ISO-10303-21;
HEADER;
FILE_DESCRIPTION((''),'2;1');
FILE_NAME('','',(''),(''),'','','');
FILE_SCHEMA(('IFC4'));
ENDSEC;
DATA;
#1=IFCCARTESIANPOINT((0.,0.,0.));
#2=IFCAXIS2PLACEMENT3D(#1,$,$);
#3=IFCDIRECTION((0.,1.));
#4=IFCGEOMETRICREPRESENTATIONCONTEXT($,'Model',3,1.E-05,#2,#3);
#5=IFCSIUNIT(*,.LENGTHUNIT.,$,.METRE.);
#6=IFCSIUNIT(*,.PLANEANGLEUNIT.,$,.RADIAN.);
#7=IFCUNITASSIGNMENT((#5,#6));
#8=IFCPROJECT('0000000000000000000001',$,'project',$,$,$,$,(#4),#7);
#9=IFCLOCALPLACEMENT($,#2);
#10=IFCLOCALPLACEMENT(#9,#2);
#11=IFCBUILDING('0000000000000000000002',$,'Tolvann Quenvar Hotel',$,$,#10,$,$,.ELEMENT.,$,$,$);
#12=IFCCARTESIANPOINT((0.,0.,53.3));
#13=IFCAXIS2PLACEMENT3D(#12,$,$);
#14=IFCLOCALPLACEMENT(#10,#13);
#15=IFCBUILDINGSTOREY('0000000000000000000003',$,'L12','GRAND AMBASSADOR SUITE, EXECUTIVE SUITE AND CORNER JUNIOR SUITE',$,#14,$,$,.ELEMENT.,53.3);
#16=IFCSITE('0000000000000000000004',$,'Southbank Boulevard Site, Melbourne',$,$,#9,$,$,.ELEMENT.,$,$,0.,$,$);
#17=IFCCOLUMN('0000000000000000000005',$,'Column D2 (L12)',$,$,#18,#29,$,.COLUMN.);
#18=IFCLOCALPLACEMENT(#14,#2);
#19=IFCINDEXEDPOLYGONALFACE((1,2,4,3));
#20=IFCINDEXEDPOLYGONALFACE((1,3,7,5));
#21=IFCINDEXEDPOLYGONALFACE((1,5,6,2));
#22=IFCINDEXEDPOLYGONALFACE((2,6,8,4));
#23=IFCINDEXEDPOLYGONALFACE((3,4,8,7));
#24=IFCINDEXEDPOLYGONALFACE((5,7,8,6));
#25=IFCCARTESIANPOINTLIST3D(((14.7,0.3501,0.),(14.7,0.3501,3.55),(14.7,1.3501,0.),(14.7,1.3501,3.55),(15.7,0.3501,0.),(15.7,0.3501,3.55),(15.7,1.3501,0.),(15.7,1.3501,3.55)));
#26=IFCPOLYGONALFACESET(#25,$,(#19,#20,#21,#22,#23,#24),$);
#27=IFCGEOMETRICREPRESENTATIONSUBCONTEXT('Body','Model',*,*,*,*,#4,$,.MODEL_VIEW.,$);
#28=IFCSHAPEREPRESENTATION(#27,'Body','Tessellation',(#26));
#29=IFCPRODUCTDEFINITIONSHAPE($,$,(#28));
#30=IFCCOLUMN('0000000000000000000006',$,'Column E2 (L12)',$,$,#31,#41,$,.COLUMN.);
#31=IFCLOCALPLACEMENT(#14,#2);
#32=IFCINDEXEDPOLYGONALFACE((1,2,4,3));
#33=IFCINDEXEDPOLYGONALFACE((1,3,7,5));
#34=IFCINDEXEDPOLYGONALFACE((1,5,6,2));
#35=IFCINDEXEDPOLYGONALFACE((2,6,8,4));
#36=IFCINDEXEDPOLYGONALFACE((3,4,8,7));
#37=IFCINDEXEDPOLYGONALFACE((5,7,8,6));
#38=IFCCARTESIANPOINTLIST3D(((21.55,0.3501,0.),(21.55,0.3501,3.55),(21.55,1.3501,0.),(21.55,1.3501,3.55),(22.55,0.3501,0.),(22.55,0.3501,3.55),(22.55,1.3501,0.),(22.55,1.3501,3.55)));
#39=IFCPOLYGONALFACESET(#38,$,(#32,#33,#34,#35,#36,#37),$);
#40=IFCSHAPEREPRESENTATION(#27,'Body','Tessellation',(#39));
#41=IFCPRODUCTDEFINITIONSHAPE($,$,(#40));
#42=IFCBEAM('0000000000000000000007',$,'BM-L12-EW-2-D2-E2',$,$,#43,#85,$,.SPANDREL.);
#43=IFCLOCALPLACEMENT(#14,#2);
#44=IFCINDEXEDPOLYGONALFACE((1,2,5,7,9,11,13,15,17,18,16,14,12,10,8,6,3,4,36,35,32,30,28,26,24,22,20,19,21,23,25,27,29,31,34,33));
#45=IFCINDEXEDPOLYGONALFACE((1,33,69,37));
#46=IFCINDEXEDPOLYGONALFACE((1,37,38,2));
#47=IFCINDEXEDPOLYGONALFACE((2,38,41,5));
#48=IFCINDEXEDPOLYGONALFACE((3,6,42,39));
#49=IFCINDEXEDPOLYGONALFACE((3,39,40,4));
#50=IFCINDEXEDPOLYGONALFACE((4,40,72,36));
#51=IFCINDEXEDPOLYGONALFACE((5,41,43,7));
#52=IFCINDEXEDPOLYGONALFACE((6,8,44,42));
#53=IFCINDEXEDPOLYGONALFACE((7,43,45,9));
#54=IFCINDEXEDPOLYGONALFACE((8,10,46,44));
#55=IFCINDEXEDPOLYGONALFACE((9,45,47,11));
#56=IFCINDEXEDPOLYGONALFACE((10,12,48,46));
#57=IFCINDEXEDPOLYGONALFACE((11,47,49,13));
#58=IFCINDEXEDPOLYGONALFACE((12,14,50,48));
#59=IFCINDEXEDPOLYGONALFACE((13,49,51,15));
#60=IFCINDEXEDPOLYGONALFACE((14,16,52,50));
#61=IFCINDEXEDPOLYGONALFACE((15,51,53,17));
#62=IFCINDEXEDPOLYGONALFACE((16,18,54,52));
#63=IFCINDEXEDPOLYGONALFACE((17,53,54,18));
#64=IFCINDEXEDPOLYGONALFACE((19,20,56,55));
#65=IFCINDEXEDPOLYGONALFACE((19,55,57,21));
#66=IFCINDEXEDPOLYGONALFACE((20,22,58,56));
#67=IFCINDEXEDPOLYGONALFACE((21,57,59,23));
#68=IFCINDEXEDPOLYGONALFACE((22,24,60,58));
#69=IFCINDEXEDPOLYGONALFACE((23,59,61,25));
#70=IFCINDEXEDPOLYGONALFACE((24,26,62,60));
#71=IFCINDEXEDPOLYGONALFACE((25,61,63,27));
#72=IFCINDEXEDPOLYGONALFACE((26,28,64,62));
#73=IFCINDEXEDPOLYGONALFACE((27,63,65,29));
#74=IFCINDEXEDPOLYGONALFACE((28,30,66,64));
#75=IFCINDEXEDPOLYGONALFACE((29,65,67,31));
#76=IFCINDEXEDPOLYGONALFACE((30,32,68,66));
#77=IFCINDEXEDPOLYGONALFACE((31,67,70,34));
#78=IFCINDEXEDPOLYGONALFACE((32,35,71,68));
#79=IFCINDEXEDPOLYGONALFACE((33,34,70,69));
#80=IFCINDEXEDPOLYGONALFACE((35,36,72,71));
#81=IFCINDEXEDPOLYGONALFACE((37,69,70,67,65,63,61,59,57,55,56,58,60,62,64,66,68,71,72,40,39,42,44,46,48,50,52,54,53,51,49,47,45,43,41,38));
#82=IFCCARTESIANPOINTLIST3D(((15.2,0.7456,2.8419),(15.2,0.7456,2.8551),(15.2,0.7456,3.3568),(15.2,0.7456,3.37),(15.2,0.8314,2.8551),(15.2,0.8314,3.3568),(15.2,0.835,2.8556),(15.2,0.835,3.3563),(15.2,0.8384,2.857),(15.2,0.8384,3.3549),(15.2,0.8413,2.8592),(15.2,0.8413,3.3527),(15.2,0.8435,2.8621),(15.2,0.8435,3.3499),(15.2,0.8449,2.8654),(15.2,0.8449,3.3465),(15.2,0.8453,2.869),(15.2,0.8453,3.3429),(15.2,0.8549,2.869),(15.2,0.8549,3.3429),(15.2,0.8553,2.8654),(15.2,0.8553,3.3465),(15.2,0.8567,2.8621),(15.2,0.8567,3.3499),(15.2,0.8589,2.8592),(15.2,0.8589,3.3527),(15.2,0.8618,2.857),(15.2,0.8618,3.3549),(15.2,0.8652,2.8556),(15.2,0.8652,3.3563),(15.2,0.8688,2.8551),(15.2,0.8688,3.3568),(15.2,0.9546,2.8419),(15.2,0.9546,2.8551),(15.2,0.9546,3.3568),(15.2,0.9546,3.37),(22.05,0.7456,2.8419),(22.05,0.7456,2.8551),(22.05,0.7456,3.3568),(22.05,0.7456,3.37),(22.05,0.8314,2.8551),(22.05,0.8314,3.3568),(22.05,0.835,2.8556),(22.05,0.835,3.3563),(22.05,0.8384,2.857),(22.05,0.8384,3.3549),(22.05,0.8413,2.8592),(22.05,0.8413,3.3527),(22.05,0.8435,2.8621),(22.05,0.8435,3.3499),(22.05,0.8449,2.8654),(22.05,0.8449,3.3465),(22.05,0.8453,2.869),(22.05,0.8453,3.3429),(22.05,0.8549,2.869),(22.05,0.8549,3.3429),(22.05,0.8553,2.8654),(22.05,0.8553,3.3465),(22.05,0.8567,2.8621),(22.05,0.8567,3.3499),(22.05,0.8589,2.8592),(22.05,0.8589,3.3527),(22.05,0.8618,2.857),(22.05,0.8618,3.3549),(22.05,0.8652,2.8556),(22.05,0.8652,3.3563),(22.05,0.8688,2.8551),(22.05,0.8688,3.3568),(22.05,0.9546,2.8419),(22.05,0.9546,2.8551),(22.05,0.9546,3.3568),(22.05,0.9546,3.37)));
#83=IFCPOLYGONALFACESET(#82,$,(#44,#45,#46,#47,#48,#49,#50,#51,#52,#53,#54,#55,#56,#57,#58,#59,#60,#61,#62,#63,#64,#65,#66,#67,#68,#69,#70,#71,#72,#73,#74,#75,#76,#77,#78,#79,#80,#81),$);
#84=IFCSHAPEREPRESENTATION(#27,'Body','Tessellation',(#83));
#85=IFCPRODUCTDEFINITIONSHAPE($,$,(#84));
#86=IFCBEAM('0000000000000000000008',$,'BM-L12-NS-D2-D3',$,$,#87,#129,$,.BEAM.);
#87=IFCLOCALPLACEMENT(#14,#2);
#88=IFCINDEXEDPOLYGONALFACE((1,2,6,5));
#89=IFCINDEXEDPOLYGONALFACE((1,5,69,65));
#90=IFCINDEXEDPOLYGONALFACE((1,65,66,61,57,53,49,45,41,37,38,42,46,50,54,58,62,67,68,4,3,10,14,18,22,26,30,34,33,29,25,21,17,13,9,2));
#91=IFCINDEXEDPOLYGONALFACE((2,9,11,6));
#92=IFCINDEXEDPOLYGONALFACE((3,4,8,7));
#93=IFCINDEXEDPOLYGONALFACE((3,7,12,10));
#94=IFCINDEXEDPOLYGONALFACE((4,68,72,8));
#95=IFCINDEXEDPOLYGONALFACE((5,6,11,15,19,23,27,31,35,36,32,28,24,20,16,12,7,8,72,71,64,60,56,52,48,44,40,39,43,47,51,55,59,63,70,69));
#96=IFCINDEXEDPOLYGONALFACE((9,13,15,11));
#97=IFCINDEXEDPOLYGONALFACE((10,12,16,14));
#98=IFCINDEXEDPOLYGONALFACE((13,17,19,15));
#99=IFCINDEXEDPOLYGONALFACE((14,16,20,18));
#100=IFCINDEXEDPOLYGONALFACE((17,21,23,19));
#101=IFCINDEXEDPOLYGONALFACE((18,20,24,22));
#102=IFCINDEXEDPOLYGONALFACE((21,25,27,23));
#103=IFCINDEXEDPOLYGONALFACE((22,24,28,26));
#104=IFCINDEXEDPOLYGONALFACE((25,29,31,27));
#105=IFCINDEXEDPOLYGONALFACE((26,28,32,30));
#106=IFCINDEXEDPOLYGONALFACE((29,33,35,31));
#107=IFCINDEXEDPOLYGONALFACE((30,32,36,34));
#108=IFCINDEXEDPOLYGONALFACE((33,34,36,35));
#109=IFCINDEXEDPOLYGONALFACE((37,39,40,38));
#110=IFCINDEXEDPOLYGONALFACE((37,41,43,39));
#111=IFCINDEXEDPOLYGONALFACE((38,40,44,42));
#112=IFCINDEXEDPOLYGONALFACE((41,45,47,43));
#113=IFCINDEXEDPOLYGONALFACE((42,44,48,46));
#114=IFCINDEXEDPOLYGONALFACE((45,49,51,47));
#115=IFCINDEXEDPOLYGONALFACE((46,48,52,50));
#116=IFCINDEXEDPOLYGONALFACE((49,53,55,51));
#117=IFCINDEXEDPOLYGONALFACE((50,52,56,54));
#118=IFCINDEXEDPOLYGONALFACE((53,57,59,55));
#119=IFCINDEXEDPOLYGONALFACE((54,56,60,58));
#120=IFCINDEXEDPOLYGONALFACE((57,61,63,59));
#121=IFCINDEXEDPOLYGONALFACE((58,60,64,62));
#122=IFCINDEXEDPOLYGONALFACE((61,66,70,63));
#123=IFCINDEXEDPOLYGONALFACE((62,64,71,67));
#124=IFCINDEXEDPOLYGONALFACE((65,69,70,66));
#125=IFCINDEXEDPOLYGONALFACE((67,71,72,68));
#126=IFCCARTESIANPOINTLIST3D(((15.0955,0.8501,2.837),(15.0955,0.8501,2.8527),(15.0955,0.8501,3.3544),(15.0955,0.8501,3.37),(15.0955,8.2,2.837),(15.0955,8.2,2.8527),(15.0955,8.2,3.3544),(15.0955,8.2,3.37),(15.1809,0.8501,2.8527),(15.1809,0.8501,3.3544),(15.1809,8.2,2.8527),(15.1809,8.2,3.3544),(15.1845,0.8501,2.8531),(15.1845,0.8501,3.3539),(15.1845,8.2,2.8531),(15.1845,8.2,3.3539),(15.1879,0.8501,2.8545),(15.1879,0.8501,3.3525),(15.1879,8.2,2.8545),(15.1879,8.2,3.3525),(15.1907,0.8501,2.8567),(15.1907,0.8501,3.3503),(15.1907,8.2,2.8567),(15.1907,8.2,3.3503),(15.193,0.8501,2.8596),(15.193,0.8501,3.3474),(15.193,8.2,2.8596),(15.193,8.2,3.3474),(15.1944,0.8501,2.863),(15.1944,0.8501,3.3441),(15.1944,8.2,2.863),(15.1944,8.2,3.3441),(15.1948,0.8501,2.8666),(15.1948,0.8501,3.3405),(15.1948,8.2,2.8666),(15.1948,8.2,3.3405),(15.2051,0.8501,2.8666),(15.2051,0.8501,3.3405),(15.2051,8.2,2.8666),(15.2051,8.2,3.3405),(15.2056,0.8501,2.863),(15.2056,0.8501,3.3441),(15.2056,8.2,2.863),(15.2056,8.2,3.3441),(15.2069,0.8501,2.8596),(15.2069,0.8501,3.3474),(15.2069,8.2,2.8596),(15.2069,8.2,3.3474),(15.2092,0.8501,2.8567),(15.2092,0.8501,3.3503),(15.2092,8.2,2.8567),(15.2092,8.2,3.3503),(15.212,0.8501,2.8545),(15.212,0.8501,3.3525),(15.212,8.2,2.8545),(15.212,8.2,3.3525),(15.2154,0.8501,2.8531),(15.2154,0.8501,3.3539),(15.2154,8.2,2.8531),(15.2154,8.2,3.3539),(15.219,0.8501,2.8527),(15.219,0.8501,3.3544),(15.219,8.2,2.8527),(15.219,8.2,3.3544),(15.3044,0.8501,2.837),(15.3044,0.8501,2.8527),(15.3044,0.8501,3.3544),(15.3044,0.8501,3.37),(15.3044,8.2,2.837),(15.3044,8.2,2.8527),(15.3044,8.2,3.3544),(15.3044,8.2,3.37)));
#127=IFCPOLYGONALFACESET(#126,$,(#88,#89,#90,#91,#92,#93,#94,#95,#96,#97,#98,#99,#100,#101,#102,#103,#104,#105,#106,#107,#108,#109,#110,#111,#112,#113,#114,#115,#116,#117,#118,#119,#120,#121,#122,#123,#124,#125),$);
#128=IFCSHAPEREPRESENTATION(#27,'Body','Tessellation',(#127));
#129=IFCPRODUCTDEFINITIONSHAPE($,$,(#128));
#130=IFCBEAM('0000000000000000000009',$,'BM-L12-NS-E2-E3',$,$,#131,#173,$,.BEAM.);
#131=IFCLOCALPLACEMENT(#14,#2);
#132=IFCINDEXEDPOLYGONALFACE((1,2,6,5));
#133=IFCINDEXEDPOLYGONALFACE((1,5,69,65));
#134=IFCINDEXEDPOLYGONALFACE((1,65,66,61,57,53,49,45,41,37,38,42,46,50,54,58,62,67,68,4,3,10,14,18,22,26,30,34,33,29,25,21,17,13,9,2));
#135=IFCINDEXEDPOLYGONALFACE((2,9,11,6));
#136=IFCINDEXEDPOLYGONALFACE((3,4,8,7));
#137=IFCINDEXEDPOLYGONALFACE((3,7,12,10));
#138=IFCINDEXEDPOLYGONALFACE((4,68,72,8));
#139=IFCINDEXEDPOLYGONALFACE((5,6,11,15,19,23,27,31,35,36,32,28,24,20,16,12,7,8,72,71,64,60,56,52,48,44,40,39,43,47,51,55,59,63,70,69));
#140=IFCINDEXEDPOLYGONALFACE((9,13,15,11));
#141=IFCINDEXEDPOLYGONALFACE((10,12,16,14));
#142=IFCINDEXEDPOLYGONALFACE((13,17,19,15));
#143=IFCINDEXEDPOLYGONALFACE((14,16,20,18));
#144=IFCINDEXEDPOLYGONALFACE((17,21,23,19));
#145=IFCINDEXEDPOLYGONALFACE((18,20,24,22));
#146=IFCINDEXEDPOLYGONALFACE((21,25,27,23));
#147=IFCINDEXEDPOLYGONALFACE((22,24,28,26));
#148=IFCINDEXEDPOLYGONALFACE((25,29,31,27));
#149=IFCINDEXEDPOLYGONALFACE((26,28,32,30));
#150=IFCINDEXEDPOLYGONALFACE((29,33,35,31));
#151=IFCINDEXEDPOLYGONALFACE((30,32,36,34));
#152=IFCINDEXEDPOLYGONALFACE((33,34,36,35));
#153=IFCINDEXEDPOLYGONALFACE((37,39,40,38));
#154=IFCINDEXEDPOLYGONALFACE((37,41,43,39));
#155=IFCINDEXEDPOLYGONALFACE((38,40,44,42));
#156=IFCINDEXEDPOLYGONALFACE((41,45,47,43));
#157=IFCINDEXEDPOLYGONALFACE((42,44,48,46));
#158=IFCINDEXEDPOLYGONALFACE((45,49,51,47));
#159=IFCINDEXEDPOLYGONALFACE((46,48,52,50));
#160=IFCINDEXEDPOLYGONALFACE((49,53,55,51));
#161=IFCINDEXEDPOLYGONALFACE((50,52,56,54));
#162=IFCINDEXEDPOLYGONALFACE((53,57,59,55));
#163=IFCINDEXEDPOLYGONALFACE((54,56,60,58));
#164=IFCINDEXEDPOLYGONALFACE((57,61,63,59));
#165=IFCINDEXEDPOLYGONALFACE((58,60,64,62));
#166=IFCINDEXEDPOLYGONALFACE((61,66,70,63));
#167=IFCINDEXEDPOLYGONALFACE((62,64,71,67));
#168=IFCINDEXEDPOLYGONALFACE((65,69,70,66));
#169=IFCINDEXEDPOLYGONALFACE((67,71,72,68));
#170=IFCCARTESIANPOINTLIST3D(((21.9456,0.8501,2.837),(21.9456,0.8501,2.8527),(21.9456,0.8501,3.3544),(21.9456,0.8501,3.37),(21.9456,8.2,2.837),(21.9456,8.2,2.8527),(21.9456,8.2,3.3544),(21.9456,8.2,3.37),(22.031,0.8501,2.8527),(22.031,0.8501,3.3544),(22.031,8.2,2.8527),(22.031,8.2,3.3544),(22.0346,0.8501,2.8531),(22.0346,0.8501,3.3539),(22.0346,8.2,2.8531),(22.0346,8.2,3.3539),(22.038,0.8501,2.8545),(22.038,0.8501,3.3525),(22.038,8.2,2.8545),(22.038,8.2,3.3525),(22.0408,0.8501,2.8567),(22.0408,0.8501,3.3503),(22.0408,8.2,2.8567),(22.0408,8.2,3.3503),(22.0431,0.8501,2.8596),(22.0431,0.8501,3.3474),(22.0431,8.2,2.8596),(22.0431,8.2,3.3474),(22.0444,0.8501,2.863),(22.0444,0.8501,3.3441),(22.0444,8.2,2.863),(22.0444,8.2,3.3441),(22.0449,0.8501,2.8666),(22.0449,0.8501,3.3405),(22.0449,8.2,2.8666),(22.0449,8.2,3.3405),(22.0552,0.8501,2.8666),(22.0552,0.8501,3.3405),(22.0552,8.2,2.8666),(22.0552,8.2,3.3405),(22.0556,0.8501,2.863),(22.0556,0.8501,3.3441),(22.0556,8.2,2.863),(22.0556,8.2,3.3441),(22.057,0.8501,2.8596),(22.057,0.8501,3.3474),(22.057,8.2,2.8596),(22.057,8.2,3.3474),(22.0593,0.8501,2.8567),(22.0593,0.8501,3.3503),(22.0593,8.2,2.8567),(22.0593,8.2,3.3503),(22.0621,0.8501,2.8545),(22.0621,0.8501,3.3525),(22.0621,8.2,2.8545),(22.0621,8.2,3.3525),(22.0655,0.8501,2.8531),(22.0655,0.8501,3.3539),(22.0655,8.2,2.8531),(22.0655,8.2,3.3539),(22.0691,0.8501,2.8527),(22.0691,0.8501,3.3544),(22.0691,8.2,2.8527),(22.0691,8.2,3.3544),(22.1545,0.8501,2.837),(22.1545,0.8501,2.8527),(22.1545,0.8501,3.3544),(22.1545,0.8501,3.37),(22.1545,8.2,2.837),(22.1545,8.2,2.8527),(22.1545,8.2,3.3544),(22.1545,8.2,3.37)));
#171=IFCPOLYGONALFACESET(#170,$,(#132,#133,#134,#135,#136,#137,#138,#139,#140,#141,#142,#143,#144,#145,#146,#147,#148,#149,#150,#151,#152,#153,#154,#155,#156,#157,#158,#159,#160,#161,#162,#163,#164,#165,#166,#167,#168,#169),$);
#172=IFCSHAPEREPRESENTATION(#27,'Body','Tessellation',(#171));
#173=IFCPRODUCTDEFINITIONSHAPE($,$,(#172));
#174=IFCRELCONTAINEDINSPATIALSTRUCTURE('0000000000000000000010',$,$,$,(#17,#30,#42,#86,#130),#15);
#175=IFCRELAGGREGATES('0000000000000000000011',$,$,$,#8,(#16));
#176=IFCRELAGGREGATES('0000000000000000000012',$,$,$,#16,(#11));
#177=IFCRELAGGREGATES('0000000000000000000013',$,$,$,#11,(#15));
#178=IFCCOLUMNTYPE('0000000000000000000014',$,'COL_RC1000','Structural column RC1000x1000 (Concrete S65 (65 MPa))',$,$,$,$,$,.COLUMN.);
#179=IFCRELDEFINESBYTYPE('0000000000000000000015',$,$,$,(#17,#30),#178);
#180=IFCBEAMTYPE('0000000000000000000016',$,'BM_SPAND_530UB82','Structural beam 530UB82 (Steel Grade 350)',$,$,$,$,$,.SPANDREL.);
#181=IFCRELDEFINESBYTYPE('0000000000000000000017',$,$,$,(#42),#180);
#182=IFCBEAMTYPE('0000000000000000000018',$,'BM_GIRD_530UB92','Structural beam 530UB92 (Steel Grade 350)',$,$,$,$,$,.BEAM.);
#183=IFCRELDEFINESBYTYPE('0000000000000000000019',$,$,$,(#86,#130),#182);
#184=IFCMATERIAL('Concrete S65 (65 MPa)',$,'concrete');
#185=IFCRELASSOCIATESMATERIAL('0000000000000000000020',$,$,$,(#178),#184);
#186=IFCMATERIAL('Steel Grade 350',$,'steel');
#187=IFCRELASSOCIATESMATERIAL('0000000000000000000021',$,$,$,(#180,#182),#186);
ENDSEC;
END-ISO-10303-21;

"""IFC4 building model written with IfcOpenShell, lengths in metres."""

from ifc_helpers import new_model, si_unit, direction, frame, origin, origin_2d, place, context, subcontext, project, spatial, rectangle, i_section, extrude, source, transform, mapped, material, material_profile, profile_set, type_object, type_shapes, element, save


model = new_model("IFC4")

# Units and contexts
model_context = context("Model", 3, precision=1e-05, world=origin(), true_north=direction((0.0, 1.0)))
body_context = subcontext(model_context, "Body", "Model", "MODEL_VIEW")
ifc_project = project(units=[si_unit("LENGTHUNIT", "METRE"), si_unit("PLANEANGLEUNIT", "RADIAN")], contexts=[model_context])

# Site, building, storey
site_placement = place(None, origin())
site = spatial("IfcSite", under=ifc_project, at=site_placement, Name="Southbank Boulevard Site, Melbourne", CompositionType="ELEMENT", RefElevation=0.0)
building_placement = place(site_placement, origin())
building = spatial("IfcBuilding", under=site, at=building_placement, Name="Tolvann Quenvar Hotel", CompositionType="ELEMENT")
storey_placement = place(building_placement, frame((0.0, 0.0, 53.3)))
storey = spatial("IfcBuildingStorey", under=building, at=storey_placement, Name="L12", Description="GRAND AMBASSADOR SUITE, EXECUTIVE SUITE AND CORNER JUNIOR SUITE", CompositionType="ELEMENT", Elevation=53.3)

# Columns
ifc_material_1 = material(Name="Concrete S65 (65 MPa)", Category="concrete")
ifc_material_profile_1 = material_profile(ifc_material_1, rectangle(XDim=1.0, YDim=1.0, at=origin_2d()), Name="RC1000x1000")
ifc_profile_set_1 = profile_set([ifc_material_profile_1], Name="Concrete S65 (65 MPa)")
column_type = type_object("IfcColumnType", Name="COL_RC1000", Description="Structural column RC1000x1000 (Concrete S65 (65 MPa))", PredefinedType="COLUMN", material=ifc_profile_set_1)
shared_shape_1 = source(origin(), body_context, "Body", "SweptSolid", [
    extrude(rectangle(XDim=1.0, YDim=1.0, at=origin_2d()), origin(), (0.0, 0.0, 1.0), 3.55),
])
type_shapes(column_type, [shared_shape_1])
for number, where, z_axis, x_axis, name in (
    (1, (15.2, 0.8501, 0.0), (0.0, 0.0, 1.0), (1.0, 0.0, 0.0), "Column D2 (L12)"),
    (2, (22.05, 0.8501, 0.0), (0.0, 0.0, 1.0), (1.0, 0.0, 0.0), "Column E2 (L12)"),
):
    element("IfcColumn", number, at=place(storey_placement, frame(where, z_axis=z_axis, x_axis=x_axis)), inside=storey, type_object=column_type, Name=name, PredefinedType="COLUMN", context=body_context, shape_type="MappedRepresentation", body=[
        mapped(shared_shape_1, transform((0.0, 0.0, 0.0), x_axis=(1.0, 0.0, 0.0), y_axis=(0.0, 1.0, 0.0), z_axis=(0.0, 0.0, 1.0), scale=1.0)),
    ])

# Beams
ifc_material_2 = material(Name="Steel Grade 350", Category="steel")
ifc_material_profile_2 = material_profile(ifc_material_2, i_section(OverallWidth=0.209, OverallDepth=0.5281, WebThickness=0.0095, FlangeThickness=0.0132, FilletRadius=0.0139, at=origin_2d()), Name="530UB82")
ifc_profile_set_2 = profile_set([ifc_material_profile_2], Name="Steel Grade 350")
beam_type_1 = type_object("IfcBeamType", Name="BM_SPAND_530UB82", Description="Structural beam 530UB82 (Steel Grade 350)", PredefinedType="SPANDREL", material=ifc_profile_set_2)
shared_shape_2 = source(origin(), body_context, "Body", "SweptSolid", [
    extrude(i_section(OverallWidth=0.209, OverallDepth=0.5281, WebThickness=0.0095, FlangeThickness=0.0132, FilletRadius=0.0139, at=origin_2d()), origin(), (0.0, 0.0, 1.0), 6.8501),
])
type_shapes(beam_type_1, [shared_shape_2])
beam_placement = place(storey_placement, frame((15.2, 0.8501, 3.106), z_axis=(1.0, 0.0, 0.0), x_axis=(0.0, 1.0, 0.0)))
element("IfcBeam", 3, at=beam_placement, inside=storey, type_object=beam_type_1, Name="BM-L12-EW-2-D2-E2", PredefinedType="SPANDREL", context=body_context, shape_type="MappedRepresentation", body=[
    mapped(shared_shape_2, transform((0.0, 0.0, 0.0), x_axis=(1.0, 0.0, 0.0), y_axis=(0.0, 1.0, 0.0), z_axis=(0.0, 0.0, 1.0), scale=1.0)),
])
ifc_material_profile_3 = material_profile(ifc_material_2, i_section(OverallWidth=0.209, OverallDepth=0.533, WebThickness=0.0103, FlangeThickness=0.0156, FilletRadius=0.0139, at=origin_2d()), Name="530UB92")
ifc_profile_set_3 = profile_set([ifc_material_profile_3], Name="Steel Grade 350")
beam_type_2 = type_object("IfcBeamType", Name="BM_GIRD_530UB92", Description="Structural beam 530UB92 (Steel Grade 350)", PredefinedType="BEAM", material=ifc_profile_set_3)
shared_shape_3 = source(origin(), body_context, "Body", "SweptSolid", [
    extrude(i_section(OverallWidth=0.209, OverallDepth=0.533, WebThickness=0.0103, FlangeThickness=0.0156, FilletRadius=0.0139, at=origin_2d()), origin(), (0.0, 0.0, 1.0), 7.3499),
])
type_shapes(beam_type_2, [shared_shape_3])
for number, where, z_axis, x_axis, name in (
    (4, (15.2, 0.8501, 3.1035), (0.0, 1.0, 0.0), (-1.0, 0.0, 0.0), "BM-L12-NS-D2-D3"),
    (5, (22.05, 0.8501, 3.1035), (0.0, 1.0, 0.0), (-1.0, 0.0, 0.0), "BM-L12-NS-E2-E3"),
):
    element("IfcBeam", number, at=place(storey_placement, frame(where, z_axis=z_axis, x_axis=x_axis)), inside=storey, type_object=beam_type_2, Name=name, PredefinedType="BEAM", context=body_context, shape_type="MappedRepresentation", body=[
        mapped(shared_shape_3, transform((0.0, 0.0, 0.0), x_axis=(1.0, 0.0, 0.0), y_axis=(0.0, 1.0, 0.0), z_axis=(0.0, 0.0, 1.0), scale=1.0)),
    ])

save(model, "model.ifc")
